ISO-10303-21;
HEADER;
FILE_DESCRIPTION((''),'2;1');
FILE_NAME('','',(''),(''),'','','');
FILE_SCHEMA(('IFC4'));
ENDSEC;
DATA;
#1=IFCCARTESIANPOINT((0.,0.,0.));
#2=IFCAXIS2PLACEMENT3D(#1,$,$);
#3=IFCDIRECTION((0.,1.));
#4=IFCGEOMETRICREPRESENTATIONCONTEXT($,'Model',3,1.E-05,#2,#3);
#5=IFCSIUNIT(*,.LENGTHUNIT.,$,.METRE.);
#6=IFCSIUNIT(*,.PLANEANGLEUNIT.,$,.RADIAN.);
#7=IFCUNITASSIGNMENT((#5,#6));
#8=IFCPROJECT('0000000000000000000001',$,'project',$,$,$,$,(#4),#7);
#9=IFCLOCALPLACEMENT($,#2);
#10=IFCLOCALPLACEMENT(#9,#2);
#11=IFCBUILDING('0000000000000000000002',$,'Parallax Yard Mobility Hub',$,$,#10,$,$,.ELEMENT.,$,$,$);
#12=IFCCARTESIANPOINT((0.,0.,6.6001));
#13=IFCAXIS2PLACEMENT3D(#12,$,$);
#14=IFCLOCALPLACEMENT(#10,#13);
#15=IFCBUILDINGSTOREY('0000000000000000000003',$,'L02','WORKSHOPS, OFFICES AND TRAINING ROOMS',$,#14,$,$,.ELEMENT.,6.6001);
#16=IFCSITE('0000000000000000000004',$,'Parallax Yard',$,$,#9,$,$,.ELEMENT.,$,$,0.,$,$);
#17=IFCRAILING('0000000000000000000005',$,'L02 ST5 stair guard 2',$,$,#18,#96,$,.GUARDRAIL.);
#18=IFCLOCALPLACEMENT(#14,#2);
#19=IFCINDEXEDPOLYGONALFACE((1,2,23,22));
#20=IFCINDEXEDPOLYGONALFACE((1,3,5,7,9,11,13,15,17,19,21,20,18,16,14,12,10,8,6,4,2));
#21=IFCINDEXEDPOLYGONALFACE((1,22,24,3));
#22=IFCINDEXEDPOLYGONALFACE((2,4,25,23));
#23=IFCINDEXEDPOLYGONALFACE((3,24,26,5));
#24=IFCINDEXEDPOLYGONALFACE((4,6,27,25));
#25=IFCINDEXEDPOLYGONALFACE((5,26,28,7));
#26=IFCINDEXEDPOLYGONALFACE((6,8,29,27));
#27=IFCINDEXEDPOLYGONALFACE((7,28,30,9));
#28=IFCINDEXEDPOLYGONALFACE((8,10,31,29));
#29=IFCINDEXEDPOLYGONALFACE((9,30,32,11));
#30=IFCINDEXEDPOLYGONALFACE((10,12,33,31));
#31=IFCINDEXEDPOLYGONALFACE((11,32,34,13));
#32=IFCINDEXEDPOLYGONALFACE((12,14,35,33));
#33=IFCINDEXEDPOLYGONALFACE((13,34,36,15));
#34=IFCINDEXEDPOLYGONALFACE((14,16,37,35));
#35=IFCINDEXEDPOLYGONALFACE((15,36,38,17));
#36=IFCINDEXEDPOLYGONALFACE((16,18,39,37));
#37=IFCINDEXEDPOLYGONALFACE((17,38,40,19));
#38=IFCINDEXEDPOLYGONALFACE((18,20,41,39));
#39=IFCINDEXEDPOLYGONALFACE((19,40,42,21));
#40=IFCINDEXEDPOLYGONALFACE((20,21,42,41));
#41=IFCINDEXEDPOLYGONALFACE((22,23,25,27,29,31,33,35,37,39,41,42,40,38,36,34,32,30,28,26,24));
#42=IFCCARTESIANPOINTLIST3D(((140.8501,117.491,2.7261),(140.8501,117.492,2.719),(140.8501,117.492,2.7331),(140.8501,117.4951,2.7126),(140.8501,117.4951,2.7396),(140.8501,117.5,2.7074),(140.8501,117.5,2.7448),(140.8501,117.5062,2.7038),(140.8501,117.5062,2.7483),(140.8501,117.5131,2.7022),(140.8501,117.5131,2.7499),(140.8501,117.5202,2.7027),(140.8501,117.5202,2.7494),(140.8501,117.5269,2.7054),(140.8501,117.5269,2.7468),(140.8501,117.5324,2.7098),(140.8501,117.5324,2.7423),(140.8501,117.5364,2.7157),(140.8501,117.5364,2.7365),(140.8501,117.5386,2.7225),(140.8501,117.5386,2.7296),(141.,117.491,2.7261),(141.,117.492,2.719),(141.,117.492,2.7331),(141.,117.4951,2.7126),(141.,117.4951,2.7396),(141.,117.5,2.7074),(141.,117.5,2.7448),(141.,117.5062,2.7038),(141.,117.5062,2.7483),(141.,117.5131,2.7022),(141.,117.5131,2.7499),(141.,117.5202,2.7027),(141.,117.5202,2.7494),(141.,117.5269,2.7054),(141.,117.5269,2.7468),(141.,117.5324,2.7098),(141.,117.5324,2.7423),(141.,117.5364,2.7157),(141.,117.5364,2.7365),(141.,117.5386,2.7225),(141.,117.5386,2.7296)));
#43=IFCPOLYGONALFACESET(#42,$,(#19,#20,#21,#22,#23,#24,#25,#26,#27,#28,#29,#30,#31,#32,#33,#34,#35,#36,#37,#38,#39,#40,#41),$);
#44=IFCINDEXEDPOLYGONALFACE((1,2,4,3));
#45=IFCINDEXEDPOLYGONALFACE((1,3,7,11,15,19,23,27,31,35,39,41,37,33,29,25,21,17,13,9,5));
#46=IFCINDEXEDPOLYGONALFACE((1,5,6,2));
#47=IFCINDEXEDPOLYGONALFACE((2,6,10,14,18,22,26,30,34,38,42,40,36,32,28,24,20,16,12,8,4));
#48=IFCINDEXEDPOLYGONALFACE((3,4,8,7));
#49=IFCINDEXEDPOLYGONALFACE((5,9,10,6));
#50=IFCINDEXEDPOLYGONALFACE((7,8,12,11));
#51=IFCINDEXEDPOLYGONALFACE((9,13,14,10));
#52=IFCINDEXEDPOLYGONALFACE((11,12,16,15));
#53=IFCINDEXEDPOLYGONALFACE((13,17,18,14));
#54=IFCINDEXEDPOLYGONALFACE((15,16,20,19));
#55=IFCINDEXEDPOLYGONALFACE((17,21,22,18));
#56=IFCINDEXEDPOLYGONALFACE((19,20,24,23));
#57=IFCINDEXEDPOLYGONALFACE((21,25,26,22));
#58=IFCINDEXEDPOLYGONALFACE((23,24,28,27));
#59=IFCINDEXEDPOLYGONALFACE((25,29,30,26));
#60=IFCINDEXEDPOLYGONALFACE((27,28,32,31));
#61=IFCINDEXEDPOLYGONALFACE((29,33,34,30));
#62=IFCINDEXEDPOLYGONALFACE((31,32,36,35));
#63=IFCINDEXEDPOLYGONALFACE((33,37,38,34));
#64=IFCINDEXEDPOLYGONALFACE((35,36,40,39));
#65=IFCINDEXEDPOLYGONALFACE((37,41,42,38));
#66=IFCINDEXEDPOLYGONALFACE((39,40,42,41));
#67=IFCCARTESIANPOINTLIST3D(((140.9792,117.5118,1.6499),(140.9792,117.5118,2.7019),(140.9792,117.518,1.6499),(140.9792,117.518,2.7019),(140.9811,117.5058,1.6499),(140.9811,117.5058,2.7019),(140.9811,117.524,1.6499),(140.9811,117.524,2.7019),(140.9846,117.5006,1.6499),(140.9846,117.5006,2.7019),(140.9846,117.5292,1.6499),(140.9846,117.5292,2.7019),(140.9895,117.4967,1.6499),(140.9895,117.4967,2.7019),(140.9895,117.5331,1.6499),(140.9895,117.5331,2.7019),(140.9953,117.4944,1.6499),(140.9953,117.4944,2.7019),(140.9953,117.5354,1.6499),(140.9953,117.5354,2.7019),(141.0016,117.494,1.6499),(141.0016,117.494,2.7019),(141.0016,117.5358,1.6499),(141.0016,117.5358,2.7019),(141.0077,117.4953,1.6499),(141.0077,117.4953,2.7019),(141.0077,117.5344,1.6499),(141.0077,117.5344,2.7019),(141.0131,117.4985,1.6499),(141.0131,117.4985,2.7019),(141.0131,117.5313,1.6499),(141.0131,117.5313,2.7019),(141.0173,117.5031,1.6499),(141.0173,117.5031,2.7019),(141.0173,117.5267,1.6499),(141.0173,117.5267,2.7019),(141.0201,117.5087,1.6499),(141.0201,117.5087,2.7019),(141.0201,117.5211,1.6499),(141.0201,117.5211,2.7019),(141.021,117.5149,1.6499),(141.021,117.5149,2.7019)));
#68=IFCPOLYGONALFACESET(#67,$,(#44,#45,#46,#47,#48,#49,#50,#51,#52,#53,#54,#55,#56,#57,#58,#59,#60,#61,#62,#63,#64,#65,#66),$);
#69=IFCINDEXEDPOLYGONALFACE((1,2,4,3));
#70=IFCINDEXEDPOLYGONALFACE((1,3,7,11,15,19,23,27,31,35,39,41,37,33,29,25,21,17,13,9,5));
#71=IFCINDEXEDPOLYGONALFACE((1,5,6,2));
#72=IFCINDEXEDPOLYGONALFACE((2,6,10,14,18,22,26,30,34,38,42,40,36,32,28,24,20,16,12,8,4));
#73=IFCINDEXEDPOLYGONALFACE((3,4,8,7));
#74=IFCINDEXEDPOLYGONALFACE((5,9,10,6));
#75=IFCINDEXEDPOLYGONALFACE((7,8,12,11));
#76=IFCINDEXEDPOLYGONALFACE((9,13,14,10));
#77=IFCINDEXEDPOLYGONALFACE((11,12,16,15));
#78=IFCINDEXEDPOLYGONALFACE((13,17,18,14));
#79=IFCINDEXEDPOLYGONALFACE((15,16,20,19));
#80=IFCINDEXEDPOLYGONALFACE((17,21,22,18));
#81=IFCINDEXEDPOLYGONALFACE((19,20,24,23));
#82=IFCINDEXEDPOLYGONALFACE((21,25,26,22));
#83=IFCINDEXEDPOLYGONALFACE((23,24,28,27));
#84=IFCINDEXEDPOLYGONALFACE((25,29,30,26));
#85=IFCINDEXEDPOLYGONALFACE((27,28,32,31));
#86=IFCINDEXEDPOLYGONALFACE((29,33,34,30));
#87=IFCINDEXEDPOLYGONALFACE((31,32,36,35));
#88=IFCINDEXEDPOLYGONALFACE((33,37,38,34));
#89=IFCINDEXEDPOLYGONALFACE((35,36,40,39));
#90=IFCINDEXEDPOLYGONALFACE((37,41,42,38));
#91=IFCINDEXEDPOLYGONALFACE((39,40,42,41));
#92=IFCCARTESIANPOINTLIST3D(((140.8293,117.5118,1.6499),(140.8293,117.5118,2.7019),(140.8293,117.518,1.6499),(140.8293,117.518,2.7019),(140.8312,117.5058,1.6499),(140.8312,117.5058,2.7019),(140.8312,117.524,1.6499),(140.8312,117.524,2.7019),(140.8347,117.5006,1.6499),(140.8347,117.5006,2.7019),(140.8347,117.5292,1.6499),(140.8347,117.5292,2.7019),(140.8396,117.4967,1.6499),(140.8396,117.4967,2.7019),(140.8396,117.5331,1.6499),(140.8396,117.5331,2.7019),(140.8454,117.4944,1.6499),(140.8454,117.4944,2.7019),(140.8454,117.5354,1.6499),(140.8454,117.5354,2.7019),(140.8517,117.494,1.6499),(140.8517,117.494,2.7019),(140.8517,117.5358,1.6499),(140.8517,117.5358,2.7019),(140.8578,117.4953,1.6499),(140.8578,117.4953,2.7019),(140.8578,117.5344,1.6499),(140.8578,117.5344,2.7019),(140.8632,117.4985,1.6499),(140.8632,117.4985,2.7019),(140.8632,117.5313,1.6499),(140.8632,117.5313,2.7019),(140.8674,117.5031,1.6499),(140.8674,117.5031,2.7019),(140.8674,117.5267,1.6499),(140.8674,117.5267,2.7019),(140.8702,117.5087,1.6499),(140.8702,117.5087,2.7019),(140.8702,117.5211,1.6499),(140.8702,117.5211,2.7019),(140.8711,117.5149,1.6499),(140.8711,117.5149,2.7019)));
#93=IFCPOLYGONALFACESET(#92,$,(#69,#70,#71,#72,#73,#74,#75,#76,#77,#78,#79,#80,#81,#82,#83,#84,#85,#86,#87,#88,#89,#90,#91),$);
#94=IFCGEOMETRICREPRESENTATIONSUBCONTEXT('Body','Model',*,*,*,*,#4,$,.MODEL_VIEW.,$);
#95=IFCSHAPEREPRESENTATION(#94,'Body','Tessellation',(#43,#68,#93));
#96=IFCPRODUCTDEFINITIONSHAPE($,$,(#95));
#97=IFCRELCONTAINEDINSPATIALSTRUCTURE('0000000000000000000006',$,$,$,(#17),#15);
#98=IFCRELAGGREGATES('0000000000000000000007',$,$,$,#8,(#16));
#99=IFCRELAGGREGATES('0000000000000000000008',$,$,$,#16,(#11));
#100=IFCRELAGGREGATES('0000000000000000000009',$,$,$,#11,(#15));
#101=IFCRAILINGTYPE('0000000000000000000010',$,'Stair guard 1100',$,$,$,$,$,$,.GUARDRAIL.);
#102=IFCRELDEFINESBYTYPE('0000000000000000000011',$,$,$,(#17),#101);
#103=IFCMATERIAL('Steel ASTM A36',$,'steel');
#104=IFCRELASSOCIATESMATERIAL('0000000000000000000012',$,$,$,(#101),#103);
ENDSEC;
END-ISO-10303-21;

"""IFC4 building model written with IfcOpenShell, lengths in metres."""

from ifc_helpers import new_model, si_unit, direction, frame, origin, origin_2d, place, context, subcontext, project, spatial, circle, extrude, material, type_object, element, save


model = new_model("IFC4")

# Units and contexts
model_context = context("Model", 3, precision=1e-05, world=origin(), true_north=direction((0.0, 1.0)))
body_context = subcontext(model_context, "Body", "Model", "MODEL_VIEW")
ifc_project = project(units=[si_unit("LENGTHUNIT", "METRE"), si_unit("PLANEANGLEUNIT", "RADIAN")], contexts=[model_context])

# Site, building, storey
site_placement = place(None, origin())
site = spatial("IfcSite", under=ifc_project, at=site_placement, Name="Parallax Yard", CompositionType="ELEMENT", RefElevation=0.0)
building_placement = place(site_placement, origin())
building = spatial("IfcBuilding", under=site, at=building_placement, Name="Parallax Yard Mobility Hub", CompositionType="ELEMENT")
storey_placement = place(building_placement, frame((0.0, 0.0, 6.6001)))
storey = spatial("IfcBuildingStorey", under=building, at=storey_placement, Name="L02", Description="WORKSHOPS, OFFICES AND TRAINING ROOMS", CompositionType="ELEMENT", Elevation=6.6001)

# Railing
ifc_material_1 = material(Name="Steel ASTM A36", Category="steel")
railing_type_1 = type_object("IfcRailingType", Name="Stair guard 1100", PredefinedType="GUARDRAIL", material=ifc_material_1)
railing_1_placement = place(storey_placement, frame((141.0, 117.5149, 1.6499)))
element("IfcRailing", 1, at=railing_1_placement, inside=storey, type_object=railing_type_1, Name="L02 ST5 stair guard 2", PredefinedType="GUARDRAIL", context=body_context, shape_type="SweptSolid", body=[
    extrude(circle(Radius=0.0239, at=origin_2d()), frame((0.0, 0.0, 1.0762), z_axis=(-1.0, 0.0, 0.0), x_axis=(0.0, -1.0, 0.0)), (0.0, 0.0, 1.0), 0.1499),
    extrude(circle(Radius=0.021, at=origin_2d()), origin(), (0.0, 0.0, 1.0), 1.052),
    extrude(circle(Radius=0.021, at=origin_2d()), frame((-0.1499, 0.0, 0.0)), (0.0, 0.0, 1.0), 1.052),
])

save(model, "model.ifc")
